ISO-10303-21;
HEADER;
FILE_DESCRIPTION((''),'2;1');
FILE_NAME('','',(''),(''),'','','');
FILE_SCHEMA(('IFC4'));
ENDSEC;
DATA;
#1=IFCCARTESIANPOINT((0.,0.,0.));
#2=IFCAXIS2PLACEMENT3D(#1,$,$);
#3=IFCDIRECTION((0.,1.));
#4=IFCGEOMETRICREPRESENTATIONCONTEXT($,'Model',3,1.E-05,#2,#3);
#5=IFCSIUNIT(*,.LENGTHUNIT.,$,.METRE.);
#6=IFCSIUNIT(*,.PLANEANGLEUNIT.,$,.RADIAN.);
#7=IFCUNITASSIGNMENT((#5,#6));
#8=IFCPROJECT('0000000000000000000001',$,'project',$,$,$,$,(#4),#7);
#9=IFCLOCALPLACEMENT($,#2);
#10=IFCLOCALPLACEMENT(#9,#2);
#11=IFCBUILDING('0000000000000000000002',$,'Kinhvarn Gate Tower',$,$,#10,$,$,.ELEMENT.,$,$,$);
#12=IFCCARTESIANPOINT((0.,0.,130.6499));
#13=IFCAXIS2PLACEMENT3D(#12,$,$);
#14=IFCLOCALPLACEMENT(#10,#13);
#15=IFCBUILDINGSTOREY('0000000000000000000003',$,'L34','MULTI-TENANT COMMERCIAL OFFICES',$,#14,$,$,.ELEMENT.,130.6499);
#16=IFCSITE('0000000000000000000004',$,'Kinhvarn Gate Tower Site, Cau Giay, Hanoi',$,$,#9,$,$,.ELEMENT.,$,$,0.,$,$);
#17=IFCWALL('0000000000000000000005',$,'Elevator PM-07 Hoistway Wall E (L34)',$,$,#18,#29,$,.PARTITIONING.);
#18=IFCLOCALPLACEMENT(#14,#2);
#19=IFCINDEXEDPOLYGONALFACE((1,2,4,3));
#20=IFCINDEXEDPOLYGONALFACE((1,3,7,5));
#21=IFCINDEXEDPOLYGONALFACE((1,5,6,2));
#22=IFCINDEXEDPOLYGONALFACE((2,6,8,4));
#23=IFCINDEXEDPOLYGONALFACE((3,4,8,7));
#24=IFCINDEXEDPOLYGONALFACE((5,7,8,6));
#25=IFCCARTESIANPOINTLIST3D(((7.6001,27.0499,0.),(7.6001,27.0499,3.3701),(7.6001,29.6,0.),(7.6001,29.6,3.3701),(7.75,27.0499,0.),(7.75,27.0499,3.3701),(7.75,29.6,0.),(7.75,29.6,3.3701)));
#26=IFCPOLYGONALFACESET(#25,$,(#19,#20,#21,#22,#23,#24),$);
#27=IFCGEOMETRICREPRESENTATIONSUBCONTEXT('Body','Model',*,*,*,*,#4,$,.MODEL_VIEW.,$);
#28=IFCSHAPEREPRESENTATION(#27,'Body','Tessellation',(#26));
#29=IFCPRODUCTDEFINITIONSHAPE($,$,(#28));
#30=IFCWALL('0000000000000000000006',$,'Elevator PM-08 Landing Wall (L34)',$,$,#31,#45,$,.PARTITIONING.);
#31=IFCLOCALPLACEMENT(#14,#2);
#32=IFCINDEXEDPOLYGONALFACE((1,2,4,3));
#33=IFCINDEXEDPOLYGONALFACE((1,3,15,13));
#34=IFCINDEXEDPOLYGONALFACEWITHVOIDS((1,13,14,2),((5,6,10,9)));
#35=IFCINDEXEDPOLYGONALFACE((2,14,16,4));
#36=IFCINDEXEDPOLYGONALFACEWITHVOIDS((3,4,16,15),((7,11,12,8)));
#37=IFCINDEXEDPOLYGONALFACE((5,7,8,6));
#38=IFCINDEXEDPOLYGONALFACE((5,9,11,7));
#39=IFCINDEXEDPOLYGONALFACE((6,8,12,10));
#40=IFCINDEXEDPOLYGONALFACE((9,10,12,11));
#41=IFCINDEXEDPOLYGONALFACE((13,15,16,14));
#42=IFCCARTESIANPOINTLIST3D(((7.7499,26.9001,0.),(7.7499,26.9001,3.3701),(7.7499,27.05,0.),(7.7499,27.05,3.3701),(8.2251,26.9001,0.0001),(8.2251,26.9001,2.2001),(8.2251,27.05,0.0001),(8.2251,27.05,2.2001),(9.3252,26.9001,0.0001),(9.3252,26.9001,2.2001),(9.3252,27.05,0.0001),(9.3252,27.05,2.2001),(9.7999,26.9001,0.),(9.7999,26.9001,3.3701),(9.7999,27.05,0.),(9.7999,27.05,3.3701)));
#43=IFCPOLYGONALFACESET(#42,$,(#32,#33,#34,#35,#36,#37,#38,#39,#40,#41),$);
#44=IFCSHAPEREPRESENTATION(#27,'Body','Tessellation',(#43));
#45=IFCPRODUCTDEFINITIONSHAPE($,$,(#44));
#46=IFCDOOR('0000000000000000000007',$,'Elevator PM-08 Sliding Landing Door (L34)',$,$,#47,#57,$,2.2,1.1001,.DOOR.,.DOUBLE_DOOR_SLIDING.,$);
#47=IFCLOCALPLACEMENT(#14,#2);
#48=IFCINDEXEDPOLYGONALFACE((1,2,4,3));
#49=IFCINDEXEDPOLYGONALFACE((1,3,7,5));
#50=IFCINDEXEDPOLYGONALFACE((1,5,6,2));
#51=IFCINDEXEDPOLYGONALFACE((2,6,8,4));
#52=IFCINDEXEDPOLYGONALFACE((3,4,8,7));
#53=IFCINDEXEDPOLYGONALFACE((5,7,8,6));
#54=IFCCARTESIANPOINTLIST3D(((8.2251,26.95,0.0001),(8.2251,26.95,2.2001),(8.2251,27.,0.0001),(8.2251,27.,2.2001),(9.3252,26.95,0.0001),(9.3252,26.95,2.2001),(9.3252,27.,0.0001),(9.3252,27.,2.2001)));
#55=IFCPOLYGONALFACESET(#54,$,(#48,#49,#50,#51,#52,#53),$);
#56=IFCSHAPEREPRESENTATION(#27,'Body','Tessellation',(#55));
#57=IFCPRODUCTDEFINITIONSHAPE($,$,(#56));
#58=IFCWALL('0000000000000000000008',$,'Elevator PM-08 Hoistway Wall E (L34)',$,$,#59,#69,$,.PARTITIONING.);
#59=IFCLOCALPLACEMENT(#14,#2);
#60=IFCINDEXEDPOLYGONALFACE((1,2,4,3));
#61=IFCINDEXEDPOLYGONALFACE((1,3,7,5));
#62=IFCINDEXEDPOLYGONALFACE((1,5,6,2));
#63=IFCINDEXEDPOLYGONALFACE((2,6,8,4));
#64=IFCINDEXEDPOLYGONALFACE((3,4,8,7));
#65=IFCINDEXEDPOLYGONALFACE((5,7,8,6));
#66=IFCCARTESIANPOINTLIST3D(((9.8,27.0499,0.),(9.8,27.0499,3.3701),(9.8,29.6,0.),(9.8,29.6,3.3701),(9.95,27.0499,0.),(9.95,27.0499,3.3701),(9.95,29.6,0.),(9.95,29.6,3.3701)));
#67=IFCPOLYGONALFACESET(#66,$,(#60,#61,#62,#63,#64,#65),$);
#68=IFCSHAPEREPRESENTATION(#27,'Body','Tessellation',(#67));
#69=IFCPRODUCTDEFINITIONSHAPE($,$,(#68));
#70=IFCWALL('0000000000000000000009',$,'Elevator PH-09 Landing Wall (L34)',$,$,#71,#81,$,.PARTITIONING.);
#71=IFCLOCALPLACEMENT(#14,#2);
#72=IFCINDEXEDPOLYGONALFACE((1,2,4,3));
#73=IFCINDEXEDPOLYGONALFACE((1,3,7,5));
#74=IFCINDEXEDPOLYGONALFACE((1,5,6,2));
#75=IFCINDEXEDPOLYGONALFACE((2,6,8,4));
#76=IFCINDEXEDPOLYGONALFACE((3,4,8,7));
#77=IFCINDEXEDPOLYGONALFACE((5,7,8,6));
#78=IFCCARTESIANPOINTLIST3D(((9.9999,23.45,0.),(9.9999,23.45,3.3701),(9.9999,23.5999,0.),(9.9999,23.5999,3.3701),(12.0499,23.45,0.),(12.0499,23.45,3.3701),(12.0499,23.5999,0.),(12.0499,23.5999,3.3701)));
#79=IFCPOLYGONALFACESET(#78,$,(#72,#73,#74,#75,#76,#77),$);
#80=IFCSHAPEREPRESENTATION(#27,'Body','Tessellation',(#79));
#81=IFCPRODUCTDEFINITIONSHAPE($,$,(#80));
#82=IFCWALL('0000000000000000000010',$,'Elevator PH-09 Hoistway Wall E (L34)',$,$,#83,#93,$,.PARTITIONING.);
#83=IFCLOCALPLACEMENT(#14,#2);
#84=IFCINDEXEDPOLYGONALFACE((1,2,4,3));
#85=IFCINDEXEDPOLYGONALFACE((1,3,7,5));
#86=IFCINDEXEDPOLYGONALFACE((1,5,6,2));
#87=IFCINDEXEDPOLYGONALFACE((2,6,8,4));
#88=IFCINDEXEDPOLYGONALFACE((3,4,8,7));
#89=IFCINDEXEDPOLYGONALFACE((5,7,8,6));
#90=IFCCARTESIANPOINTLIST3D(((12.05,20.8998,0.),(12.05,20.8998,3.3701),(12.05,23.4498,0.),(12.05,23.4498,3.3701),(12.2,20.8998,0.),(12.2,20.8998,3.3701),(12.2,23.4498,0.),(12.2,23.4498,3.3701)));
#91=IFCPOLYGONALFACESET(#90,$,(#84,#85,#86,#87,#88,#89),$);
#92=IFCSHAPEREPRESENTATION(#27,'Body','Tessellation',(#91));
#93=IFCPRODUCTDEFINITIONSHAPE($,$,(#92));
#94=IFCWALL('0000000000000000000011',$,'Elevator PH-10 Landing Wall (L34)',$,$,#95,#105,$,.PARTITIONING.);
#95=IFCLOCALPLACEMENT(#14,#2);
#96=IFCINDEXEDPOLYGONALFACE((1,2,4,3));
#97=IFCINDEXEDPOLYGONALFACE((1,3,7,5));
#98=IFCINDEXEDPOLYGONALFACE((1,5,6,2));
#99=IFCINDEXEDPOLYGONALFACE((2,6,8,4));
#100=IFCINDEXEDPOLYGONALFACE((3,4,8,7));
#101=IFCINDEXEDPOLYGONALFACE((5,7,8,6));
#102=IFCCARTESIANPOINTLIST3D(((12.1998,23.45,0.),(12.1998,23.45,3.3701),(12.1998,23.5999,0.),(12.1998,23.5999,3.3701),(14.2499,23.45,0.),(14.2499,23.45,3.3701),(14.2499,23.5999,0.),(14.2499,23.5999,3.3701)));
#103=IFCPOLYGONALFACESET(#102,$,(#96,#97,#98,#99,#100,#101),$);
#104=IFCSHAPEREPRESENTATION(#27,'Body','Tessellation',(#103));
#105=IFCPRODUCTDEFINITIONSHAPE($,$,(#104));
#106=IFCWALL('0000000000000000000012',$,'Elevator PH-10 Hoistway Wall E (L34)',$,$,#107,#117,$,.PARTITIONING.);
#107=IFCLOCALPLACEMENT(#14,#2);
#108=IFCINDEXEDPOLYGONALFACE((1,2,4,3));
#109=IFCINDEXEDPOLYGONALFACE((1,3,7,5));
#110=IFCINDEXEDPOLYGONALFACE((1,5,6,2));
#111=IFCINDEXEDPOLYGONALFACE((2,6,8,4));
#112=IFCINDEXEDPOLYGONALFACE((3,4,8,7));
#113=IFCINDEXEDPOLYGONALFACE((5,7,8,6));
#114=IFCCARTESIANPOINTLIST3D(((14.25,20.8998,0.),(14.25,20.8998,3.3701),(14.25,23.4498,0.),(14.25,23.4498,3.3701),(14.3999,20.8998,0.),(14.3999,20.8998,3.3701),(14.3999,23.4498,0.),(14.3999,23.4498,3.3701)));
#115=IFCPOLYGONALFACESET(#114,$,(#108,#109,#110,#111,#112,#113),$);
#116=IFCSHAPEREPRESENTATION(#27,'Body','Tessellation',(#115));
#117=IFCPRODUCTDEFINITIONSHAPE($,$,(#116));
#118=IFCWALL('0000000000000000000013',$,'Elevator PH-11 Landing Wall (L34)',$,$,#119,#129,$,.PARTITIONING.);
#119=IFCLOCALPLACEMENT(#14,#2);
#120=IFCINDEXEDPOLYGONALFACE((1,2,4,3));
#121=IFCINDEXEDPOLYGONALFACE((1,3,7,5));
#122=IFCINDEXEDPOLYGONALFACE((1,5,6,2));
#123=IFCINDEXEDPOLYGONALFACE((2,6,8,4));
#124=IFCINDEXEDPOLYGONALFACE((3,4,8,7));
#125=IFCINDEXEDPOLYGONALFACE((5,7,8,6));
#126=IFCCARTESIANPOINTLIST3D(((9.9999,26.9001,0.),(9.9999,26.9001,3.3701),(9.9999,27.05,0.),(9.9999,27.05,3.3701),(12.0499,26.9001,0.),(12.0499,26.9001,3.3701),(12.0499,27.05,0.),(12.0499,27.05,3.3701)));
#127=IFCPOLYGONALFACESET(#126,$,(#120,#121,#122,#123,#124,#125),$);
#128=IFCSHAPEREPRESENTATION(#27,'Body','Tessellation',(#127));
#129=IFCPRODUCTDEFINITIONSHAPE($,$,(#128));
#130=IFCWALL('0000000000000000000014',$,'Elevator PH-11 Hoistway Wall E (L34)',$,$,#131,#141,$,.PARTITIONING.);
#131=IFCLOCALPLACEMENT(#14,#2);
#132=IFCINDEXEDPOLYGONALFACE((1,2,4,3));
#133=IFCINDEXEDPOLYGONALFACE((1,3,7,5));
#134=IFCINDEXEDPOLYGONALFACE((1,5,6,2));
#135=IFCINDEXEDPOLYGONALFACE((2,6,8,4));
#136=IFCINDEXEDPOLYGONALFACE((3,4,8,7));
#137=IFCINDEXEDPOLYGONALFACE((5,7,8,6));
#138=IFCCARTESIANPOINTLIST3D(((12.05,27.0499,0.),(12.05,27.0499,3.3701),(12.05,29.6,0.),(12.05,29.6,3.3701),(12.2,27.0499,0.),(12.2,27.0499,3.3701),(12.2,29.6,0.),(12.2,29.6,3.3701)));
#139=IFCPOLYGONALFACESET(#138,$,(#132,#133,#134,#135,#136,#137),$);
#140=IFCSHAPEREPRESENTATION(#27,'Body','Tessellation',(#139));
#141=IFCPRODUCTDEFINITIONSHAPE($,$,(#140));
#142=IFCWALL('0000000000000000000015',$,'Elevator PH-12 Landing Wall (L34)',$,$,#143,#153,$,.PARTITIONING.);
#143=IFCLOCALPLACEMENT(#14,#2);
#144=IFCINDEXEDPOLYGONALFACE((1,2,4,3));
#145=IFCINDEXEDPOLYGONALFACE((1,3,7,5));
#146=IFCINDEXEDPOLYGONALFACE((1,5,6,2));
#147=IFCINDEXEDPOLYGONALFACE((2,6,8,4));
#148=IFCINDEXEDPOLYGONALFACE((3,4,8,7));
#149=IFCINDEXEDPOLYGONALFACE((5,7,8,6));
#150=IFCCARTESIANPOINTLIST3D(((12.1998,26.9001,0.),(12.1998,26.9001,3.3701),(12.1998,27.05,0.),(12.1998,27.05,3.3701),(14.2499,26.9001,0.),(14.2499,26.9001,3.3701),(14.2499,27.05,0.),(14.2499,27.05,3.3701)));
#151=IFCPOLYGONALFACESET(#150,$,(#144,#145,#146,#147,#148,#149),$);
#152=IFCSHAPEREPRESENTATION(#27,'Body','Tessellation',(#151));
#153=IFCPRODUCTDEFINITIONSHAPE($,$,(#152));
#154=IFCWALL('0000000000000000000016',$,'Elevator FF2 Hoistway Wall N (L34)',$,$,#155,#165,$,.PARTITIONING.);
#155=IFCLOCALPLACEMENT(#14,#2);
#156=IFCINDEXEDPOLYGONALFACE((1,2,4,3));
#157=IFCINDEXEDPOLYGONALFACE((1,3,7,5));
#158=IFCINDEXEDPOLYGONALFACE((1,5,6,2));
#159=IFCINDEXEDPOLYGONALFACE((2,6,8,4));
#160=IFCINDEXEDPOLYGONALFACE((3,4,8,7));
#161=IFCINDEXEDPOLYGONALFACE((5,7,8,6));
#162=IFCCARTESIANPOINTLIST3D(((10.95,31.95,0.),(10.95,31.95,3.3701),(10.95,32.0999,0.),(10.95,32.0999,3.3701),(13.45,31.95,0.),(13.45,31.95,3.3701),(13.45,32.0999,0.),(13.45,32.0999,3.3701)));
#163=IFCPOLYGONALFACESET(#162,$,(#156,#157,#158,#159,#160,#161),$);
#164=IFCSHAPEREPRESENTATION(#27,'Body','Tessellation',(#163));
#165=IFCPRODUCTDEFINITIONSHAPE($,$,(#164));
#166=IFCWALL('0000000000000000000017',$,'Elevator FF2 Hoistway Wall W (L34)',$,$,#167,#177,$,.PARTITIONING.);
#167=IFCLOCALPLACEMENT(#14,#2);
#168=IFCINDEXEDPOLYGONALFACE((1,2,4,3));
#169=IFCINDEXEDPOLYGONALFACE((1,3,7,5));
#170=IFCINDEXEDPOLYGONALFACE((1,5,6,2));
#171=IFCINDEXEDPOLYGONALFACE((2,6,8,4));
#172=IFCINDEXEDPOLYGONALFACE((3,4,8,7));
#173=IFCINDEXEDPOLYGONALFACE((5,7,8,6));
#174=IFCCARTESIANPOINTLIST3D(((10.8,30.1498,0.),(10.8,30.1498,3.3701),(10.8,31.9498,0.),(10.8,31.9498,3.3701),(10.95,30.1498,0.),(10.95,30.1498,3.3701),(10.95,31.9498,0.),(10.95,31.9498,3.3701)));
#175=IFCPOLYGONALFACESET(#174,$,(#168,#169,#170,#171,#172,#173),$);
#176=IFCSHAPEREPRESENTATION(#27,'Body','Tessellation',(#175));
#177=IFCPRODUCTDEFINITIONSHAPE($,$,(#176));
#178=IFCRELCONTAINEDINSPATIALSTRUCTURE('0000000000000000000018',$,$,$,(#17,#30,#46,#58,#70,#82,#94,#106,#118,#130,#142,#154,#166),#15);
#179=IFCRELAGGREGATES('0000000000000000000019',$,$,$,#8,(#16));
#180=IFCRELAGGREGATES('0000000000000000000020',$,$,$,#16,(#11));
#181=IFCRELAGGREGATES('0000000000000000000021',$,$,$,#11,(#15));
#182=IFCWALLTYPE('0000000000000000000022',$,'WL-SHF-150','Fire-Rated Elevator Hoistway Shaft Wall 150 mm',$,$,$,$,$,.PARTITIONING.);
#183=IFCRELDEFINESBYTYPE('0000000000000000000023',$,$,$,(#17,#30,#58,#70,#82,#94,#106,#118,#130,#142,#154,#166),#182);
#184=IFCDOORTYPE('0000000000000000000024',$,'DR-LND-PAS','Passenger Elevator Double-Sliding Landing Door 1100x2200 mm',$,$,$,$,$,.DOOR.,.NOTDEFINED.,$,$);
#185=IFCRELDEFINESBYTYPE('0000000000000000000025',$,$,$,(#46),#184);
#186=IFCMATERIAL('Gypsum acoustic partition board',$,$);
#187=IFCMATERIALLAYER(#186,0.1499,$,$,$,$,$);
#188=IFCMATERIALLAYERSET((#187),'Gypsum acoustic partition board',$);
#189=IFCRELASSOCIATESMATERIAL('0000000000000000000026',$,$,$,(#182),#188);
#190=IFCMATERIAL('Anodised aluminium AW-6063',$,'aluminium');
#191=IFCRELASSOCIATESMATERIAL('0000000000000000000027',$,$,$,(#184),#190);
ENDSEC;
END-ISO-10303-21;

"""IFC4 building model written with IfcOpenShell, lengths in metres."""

from ifc_helpers import new_model, si_unit, direction, frame, frame_2d, origin, place, context, subcontext, project, spatial, rectangle, extrude, material, layer, layer_set, type_object, element, fill, save


model = new_model("IFC4")

# Units and contexts
model_context = context("Model", 3, precision=1e-05, world=origin(), true_north=direction((0.0, 1.0)))
body_context = subcontext(model_context, "Body", "Model", "MODEL_VIEW")
ifc_project = project(units=[si_unit("LENGTHUNIT", "METRE"), si_unit("PLANEANGLEUNIT", "RADIAN")], contexts=[model_context])

# Site, building, storey
site_placement = place(None, origin())
site = spatial("IfcSite", under=ifc_project, at=site_placement, Name="Kinhvarn Gate Tower Site, Cau Giay, Hanoi", CompositionType="ELEMENT", RefElevation=0.0)
building_placement = place(site_placement, origin())
building = spatial("IfcBuilding", under=site, at=building_placement, Name="Kinhvarn Gate Tower", CompositionType="ELEMENT")
storey_placement = place(building_placement, frame((0.0, 0.0, 130.6499)))
storey = spatial("IfcBuildingStorey", under=building, at=storey_placement, Name="L34", Description="MULTI-TENANT COMMERCIAL OFFICES", CompositionType="ELEMENT", Elevation=130.6499)

# Shared definitions
ifc_material_1 = material(Name="Gypsum acoustic partition board")

# Shared definitions
ifc_layer_1 = layer(ifc_material_1, 0.1499)
ifc_layer_set_1 = layer_set([ifc_layer_1], Name="Gypsum acoustic partition board")
wall_type_1 = type_object("IfcWallType", Name="WL-SHF-150", Description="Fire-Rated Elevator Hoistway Shaft Wall 150 mm", PredefinedType="PARTITIONING", material=ifc_layer_set_1)
ifc_material_2 = material(Name="Anodised aluminium AW-6063", Category="aluminium")
door_type_1 = type_object("IfcDoorType", Name="DR-LND-PAS", Description="Passenger Elevator Double-Sliding Landing Door 1100x2200 mm", OperationType="NOTDEFINED", PredefinedType="DOOR", material=ifc_material_2)

# Wall
for number, where, z_axis, x_axis, name in (
    (1, (7.675, 27.05, 0.0), (0.0, 0.0, 1.0), (0.0, 1.0, 0.0), "Elevator PM-07 Hoistway Wall E (L34)"),
):
    element("IfcWall", number, at=place(storey_placement, frame(where, z_axis=z_axis, x_axis=x_axis)), inside=storey, type_object=wall_type_1, Name=name, PredefinedType="PARTITIONING", context=body_context, shape_type="SweptSolid", body=[
        extrude(rectangle(XDim=2.55, YDim=0.1499, at=frame_2d((1.2749, 0.0))), origin(), (0.0, 0.0, 1.0), 3.3701),
    ])

# Wall, opening, door
wall_1_placement = place(storey_placement, frame((7.75, 26.9751, 0.0), z_axis=(0.0, 0.0, 1.0), x_axis=(1.0, 0.0, 0.0)))
wall_1 = element("IfcWall", 2, at=wall_1_placement, inside=storey, type_object=wall_type_1, Name="Elevator PM-08 Landing Wall (L34)", PredefinedType="PARTITIONING", context=body_context, shape_type="SweptSolid", body=[
    extrude(rectangle(XDim=2.05, YDim=0.1499, at=frame_2d((1.0249, 0.0))), origin(), (0.0, 0.0, 1.0), 3.3701),
])
opening_1_placement = place(wall_1_placement, frame((0.4751, 0.0, 0.0)))
opening_1 = element("IfcOpeningElement", 3, at=opening_1_placement, cuts=wall_1, PredefinedType="OPENING", context=body_context, shape_type="SweptSolid", body=[
    extrude(rectangle(XDim=1.1001, YDim=2.2, at=frame_2d((0.55, 1.1001))), frame((0.0, 0.085, 0.0), z_axis=(0.0, -1.0, 0.0), x_axis=(1.0, 0.0, 0.0)), (0.0, 0.0, 1.0), 0.1699),
])
door_1_placement = place(opening_1_placement, origin())
door_1 = element("IfcDoor", 4, at=door_1_placement, inside=storey, type_object=door_type_1, Name="Elevator PM-08 Sliding Landing Door (L34)", OperationType="DOUBLE_DOOR_SLIDING", OverallHeight=2.2, OverallWidth=1.1001, PredefinedType="DOOR", context=body_context, shape_type="SweptSolid", body=[
    extrude(rectangle(XDim=1.1001, YDim=2.2, at=frame_2d((0.55, 1.1001))), frame((0.0, 0.0249, 0.0), z_axis=(0.0, -1.0, 0.0), x_axis=(1.0, 0.0, 0.0)), (0.0, 0.0, 1.0), 0.05),
])
fill(opening_1, door_1)

# Walls
wall_2_placement = place(storey_placement, frame((9.875, 27.05, 0.0), z_axis=(0.0, 0.0, 1.0), x_axis=(0.0, 1.0, 0.0)))
element("IfcWall", 5, at=wall_2_placement, inside=storey, type_object=wall_type_1, Name="Elevator PM-08 Hoistway Wall E (L34)", PredefinedType="PARTITIONING", context=body_context, shape_type="SweptSolid", body=[
    extrude(rectangle(XDim=2.55, YDim=0.1499, at=frame_2d((1.2749, 0.0))), origin(), (0.0, 0.0, 1.0), 3.3701),
])
wall_3_placement = place(storey_placement, frame((10.0, 23.5249, 0.0), z_axis=(0.0, 0.0, 1.0), x_axis=(1.0, 0.0, 0.0)))
element("IfcWall", 6, at=wall_3_placement, inside=storey, type_object=wall_type_1, Name="Elevator PH-09 Landing Wall (L34)", PredefinedType="PARTITIONING", context=body_context, shape_type="SweptSolid", body=[
    extrude(rectangle(XDim=2.05, YDim=0.1499, at=frame_2d((1.0249, 0.0))), origin(), (0.0, 0.0, 1.0), 3.3701),
])
wall_4_placement = place(storey_placement, frame((12.125, 20.8999, 0.0), z_axis=(0.0, 0.0, 1.0), x_axis=(0.0, 1.0, 0.0)))
element("IfcWall", 7, at=wall_4_placement, inside=storey, type_object=wall_type_1, Name="Elevator PH-09 Hoistway Wall E (L34)", PredefinedType="PARTITIONING", context=body_context, shape_type="SweptSolid", body=[
    extrude(rectangle(XDim=2.55, YDim=0.1499, at=frame_2d((1.2749, 0.0))), origin(), (0.0, 0.0, 1.0), 3.3701),
])
wall_5_placement = place(storey_placement, frame((12.2, 23.5249, 0.0), z_axis=(0.0, 0.0, 1.0), x_axis=(1.0, 0.0, 0.0)))
element("IfcWall", 8, at=wall_5_placement, inside=storey, type_object=wall_type_1, Name="Elevator PH-10 Landing Wall (L34)", PredefinedType="PARTITIONING", context=body_context, shape_type="SweptSolid", body=[
    extrude(rectangle(XDim=2.05, YDim=0.1499, at=frame_2d((1.0249, 0.0))), origin(), (0.0, 0.0, 1.0), 3.3701),
])
wall_6_placement = place(storey_placement, frame((14.325, 20.8999, 0.0), z_axis=(0.0, 0.0, 1.0), x_axis=(0.0, 1.0, 0.0)))
element("IfcWall", 9, at=wall_6_placement, inside=storey, type_object=wall_type_1, Name="Elevator PH-10 Hoistway Wall E (L34)", PredefinedType="PARTITIONING", context=body_context, shape_type="SweptSolid", body=[
    extrude(rectangle(XDim=2.55, YDim=0.1499, at=frame_2d((1.2749, 0.0))), origin(), (0.0, 0.0, 1.0), 3.3701),
])
wall_7_placement = place(storey_placement, frame((10.0, 26.9751, 0.0), z_axis=(0.0, 0.0, 1.0), x_axis=(1.0, 0.0, 0.0)))
element("IfcWall", 10, at=wall_7_placement, inside=storey, type_object=wall_type_1, Name="Elevator PH-11 Landing Wall (L34)", PredefinedType="PARTITIONING", context=body_context, shape_type="SweptSolid", body=[
    extrude(rectangle(XDim=2.05, YDim=0.1499, at=frame_2d((1.0249, 0.0))), origin(), (0.0, 0.0, 1.0), 3.3701),
])
wall_8_placement = place(storey_placement, frame((12.125, 27.05, 0.0), z_axis=(0.0, 0.0, 1.0), x_axis=(0.0, 1.0, 0.0)))
element("IfcWall", 11, at=wall_8_placement, inside=storey, type_object=wall_type_1, Name="Elevator PH-11 Hoistway Wall E (L34)", PredefinedType="PARTITIONING", context=body_context, shape_type="SweptSolid", body=[
    extrude(rectangle(XDim=2.55, YDim=0.1499, at=frame_2d((1.2749, 0.0))), origin(), (0.0, 0.0, 1.0), 3.3701),
])
wall_9_placement = place(storey_placement, frame((12.2, 26.9751, 0.0), z_axis=(0.0, 0.0, 1.0), x_axis=(1.0, 0.0, 0.0)))
element("IfcWall", 12, at=wall_9_placement, inside=storey, type_object=wall_type_1, Name="Elevator PH-12 Landing Wall (L34)", PredefinedType="PARTITIONING", context=body_context, shape_type="SweptSolid", body=[
    extrude(rectangle(XDim=2.05, YDim=0.1499, at=frame_2d((1.0249, 0.0))), origin(), (0.0, 0.0, 1.0), 3.3701),
])
wall_10_placement = place(storey_placement, frame((10.95, 32.0249, 0.0), z_axis=(0.0, 0.0, 1.0), x_axis=(1.0, 0.0, 0.0)))
element("IfcWall", 13, at=wall_10_placement, inside=storey, type_object=wall_type_1, Name="Elevator FF2 Hoistway Wall N (L34)", PredefinedType="PARTITIONING", context=body_context, shape_type="SweptSolid", body=[
    extrude(rectangle(XDim=2.5, YDim=0.1499, at=frame_2d((1.25, 0.0))), origin(), (0.0, 0.0, 1.0), 3.3701),
])
wall_11_placement = place(storey_placement, frame((10.875, 30.1499, 0.0), z_axis=(0.0, 0.0, 1.0), x_axis=(0.0, 1.0, 0.0)))
element("IfcWall", 14, at=wall_11_placement, inside=storey, type_object=wall_type_1, Name="Elevator FF2 Hoistway Wall W (L34)", PredefinedType="PARTITIONING", context=body_context, shape_type="SweptSolid", body=[
    extrude(rectangle(XDim=1.8, YDim=0.1499, at=frame_2d((0.8999, 0.0))), origin(), (0.0, 0.0, 1.0), 3.3701),
])

save(model, "model.ifc")
